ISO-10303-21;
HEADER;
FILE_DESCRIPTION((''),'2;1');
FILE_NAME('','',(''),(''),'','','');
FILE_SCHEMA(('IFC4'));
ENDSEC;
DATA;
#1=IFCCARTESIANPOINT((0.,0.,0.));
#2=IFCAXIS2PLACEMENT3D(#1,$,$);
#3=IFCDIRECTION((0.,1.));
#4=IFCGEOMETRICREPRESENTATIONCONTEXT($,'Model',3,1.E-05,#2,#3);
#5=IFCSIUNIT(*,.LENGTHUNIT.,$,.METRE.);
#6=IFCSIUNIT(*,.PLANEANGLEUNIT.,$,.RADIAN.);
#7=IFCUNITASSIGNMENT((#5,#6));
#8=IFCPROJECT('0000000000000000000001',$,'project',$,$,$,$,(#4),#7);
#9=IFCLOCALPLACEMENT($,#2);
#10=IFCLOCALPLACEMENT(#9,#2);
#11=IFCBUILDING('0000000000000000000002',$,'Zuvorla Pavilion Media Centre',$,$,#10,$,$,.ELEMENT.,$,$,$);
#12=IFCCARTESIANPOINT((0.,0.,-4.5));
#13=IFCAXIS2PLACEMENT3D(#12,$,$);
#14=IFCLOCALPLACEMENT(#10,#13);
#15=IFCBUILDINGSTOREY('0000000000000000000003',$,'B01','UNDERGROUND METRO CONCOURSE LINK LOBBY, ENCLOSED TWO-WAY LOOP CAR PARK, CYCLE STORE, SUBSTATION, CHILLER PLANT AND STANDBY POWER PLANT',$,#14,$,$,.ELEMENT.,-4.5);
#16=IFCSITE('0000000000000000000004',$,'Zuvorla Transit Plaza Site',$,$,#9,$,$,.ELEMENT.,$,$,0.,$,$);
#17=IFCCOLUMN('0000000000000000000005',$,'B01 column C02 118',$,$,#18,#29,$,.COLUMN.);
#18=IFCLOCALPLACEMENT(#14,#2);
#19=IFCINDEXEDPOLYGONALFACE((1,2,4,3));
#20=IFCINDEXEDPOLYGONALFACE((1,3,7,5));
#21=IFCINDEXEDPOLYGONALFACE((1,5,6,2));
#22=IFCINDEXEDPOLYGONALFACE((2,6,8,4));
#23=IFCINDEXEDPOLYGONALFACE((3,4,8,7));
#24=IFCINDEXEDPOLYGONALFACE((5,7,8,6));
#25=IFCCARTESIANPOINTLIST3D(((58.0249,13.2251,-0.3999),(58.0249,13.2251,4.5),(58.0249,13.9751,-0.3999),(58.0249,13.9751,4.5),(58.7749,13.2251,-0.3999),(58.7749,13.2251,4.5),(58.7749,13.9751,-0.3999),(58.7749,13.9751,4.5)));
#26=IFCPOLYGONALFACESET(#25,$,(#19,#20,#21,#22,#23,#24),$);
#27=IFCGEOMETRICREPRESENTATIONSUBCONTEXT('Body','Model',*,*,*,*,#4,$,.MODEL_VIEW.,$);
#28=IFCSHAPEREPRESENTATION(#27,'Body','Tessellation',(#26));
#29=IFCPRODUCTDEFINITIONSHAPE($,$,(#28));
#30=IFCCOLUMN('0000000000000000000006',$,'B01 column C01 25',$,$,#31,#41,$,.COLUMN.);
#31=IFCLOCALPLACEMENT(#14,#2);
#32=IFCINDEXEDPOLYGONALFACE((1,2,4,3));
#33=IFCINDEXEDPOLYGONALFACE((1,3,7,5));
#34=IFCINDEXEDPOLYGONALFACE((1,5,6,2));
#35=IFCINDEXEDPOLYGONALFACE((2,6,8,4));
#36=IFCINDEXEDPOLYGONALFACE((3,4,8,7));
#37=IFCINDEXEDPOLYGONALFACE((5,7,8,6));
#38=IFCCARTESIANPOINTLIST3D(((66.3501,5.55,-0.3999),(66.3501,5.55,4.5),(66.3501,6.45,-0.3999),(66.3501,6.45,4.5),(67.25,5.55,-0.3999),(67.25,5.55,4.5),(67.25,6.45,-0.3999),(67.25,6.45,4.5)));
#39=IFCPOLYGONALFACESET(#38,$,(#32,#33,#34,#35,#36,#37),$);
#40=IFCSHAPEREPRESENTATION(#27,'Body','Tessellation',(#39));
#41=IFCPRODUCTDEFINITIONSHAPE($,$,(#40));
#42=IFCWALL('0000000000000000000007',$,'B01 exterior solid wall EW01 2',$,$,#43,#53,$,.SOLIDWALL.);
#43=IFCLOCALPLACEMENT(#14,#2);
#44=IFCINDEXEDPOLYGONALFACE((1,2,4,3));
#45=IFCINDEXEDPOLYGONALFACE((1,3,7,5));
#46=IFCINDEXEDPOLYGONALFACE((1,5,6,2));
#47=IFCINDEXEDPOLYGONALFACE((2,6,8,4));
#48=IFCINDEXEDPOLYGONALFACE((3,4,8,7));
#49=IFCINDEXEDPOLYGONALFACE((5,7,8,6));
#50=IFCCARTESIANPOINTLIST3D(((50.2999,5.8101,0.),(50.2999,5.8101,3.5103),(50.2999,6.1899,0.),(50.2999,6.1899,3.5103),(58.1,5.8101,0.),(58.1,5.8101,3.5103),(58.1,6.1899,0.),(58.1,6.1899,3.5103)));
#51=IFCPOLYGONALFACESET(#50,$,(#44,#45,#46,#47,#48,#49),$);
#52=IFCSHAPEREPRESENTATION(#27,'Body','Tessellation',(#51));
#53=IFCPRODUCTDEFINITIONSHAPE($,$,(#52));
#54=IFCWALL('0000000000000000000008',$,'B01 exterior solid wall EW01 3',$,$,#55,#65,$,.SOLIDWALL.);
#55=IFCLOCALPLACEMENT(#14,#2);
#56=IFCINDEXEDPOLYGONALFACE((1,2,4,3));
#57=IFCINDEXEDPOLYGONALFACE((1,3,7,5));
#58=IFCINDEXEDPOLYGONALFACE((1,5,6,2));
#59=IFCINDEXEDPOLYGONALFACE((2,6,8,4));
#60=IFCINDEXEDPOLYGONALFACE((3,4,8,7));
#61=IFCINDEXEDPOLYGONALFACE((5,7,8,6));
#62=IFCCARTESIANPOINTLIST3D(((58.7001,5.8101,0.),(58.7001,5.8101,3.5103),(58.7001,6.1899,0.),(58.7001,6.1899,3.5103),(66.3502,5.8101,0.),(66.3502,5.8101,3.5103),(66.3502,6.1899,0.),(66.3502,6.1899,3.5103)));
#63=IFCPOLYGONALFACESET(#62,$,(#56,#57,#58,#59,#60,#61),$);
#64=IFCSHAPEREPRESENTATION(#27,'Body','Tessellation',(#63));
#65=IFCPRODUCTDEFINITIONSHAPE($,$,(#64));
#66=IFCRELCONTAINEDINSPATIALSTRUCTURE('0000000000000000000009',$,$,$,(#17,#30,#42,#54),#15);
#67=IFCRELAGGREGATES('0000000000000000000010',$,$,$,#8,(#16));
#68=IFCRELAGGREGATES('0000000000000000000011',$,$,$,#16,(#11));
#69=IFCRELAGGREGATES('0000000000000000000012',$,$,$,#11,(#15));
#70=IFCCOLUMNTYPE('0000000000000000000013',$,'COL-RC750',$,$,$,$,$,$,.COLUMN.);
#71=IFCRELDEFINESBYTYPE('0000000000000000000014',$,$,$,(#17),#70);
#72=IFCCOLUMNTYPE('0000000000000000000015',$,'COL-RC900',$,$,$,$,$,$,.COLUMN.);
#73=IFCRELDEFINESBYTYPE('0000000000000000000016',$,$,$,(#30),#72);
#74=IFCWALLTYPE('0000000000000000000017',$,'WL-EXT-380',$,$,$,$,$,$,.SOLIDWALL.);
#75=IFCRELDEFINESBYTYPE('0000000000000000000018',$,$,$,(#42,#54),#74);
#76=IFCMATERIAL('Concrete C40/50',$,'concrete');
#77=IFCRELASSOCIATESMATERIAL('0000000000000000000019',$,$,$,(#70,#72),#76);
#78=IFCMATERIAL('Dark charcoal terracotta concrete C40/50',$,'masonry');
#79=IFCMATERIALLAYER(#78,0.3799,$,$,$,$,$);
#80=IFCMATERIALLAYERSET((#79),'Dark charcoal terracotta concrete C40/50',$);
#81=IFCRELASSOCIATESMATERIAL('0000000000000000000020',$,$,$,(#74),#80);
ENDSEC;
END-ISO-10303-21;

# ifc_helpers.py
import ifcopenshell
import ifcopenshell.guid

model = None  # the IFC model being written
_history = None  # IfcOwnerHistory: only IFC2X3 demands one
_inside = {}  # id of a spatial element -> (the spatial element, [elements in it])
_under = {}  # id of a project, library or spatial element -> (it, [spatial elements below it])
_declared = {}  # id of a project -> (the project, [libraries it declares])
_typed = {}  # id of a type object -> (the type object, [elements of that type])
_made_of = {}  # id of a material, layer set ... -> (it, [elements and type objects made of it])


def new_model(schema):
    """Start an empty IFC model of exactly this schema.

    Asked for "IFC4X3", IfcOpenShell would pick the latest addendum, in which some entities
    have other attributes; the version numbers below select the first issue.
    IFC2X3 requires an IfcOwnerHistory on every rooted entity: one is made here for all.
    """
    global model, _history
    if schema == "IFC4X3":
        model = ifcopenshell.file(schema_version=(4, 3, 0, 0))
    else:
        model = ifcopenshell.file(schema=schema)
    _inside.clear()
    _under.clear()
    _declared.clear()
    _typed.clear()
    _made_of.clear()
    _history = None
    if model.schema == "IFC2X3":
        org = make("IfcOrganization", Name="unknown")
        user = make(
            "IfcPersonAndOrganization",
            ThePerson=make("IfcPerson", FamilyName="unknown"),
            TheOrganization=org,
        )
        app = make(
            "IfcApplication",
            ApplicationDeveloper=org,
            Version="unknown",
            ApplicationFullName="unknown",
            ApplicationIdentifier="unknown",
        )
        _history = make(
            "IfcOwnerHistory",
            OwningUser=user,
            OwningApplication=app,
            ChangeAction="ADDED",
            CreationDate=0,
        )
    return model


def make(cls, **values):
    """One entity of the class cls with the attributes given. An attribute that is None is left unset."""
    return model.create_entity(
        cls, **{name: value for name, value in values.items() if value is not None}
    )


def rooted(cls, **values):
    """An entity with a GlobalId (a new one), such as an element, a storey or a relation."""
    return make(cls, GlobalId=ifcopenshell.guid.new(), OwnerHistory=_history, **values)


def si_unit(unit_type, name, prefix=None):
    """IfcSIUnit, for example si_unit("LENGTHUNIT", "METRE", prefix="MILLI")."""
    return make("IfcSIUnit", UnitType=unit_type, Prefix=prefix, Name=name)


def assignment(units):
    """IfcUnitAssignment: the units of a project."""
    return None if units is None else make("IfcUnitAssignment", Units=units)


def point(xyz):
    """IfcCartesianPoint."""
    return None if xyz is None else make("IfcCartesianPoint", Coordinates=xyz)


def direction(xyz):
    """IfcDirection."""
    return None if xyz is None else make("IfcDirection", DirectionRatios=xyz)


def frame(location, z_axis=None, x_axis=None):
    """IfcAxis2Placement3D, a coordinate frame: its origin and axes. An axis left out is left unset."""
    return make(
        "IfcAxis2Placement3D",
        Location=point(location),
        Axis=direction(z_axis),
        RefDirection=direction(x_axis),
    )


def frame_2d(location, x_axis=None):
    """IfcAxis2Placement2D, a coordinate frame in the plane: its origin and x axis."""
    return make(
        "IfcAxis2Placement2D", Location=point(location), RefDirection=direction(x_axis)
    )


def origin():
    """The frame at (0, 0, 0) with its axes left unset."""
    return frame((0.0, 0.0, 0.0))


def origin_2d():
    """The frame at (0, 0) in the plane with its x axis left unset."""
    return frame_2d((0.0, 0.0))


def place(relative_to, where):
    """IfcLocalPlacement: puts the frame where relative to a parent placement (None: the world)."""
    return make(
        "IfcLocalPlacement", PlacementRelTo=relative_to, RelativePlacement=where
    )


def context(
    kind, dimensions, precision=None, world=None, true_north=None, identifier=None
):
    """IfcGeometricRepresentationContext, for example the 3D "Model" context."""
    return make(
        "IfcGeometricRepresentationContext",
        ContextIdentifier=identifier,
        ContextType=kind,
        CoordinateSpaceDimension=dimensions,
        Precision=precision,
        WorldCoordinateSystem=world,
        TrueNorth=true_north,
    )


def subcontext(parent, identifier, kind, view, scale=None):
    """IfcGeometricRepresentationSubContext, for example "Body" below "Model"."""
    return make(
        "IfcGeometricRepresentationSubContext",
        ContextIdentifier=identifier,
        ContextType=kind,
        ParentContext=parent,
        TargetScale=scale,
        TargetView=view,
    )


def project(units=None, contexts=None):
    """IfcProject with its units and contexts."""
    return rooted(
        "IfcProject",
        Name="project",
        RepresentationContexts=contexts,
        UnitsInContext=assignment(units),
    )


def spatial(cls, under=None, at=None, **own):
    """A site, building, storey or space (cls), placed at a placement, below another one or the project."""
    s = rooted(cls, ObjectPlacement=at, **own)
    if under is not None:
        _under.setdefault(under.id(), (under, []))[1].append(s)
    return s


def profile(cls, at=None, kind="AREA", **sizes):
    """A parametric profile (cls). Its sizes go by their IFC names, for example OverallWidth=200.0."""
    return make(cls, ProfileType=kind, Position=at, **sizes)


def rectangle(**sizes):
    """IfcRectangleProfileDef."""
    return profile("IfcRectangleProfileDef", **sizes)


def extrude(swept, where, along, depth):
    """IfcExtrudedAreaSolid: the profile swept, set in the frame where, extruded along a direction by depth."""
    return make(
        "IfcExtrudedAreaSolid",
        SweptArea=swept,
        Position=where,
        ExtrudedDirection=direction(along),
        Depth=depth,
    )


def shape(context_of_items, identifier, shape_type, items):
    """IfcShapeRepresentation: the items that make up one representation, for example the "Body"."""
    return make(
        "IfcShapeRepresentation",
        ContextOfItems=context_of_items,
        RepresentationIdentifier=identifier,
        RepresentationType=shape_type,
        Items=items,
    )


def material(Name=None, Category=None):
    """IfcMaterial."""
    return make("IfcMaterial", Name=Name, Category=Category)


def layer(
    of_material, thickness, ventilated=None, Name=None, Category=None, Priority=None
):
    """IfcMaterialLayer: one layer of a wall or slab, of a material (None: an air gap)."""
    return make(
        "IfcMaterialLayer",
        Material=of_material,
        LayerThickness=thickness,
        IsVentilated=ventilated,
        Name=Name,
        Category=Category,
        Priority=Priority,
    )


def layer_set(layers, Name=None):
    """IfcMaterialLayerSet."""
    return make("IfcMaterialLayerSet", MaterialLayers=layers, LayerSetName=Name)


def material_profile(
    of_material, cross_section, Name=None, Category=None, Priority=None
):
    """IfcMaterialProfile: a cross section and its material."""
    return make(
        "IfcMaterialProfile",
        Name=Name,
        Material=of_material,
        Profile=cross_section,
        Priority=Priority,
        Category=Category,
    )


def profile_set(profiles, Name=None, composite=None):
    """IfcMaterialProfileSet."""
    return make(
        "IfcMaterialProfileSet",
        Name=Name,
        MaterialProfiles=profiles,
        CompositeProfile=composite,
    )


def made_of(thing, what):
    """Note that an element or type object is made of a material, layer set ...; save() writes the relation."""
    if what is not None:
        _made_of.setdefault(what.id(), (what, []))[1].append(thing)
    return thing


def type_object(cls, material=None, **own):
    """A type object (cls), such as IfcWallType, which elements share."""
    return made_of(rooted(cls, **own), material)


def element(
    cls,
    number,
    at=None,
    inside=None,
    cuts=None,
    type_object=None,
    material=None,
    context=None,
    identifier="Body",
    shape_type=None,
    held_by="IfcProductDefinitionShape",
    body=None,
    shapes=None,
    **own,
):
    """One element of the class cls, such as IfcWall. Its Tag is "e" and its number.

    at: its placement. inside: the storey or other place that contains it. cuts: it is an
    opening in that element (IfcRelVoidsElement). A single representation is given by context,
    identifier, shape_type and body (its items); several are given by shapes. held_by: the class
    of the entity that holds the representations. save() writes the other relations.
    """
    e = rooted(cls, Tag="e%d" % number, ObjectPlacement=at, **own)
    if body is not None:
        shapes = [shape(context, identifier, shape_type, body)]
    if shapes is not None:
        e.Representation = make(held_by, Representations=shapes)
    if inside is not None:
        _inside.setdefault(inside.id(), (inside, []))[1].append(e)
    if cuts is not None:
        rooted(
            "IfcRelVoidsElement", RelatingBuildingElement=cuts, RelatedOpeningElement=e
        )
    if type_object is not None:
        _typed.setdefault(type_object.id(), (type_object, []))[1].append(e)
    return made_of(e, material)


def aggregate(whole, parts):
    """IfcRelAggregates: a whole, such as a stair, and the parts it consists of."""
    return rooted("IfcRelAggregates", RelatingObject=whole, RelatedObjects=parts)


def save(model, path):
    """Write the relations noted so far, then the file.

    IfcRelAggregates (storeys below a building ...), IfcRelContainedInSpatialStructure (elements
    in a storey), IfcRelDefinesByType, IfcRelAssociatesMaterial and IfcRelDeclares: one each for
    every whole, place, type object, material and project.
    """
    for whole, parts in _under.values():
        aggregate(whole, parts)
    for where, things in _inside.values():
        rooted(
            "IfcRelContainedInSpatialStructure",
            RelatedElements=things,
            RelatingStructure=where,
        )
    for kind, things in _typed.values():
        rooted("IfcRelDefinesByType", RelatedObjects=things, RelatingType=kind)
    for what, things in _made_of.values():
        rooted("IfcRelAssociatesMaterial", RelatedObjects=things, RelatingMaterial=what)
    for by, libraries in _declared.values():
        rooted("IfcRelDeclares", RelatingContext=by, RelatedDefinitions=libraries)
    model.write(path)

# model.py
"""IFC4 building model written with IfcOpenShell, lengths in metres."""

from ifc_helpers import new_model, si_unit, direction, frame, frame_2d, origin, origin_2d, place, context, subcontext, project, spatial, rectangle, extrude, material, layer, layer_set, material_profile, profile_set, type_object, element, save


model = new_model("IFC4")

# Units and contexts
model_context = context("Model", 3, precision=1e-05, world=origin(), true_north=direction((0.0, 1.0)))
body_context = subcontext(model_context, "Body", "Model", "MODEL_VIEW")
ifc_project = project(units=[si_unit("LENGTHUNIT", "METRE"), si_unit("PLANEANGLEUNIT", "RADIAN")], contexts=[model_context])

# Site, building, storey
site_placement = place(None, origin())
site = spatial("IfcSite", under=ifc_project, at=site_placement, Name="Zuvorla Transit Plaza Site", CompositionType="ELEMENT", RefElevation=0.0)
building_placement = place(site_placement, origin())
building = spatial("IfcBuilding", under=site, at=building_placement, Name="Zuvorla Pavilion Media Centre", CompositionType="ELEMENT")
storey_placement = place(building_placement, frame((0.0, 0.0, -4.5)))
storey = spatial("IfcBuildingStorey", under=building, at=storey_placement, Name="B01", Description="UNDERGROUND METRO CONCOURSE LINK LOBBY, ENCLOSED TWO-WAY LOOP CAR PARK, CYCLE STORE, SUBSTATION, CHILLER PLANT AND STANDBY POWER PLANT", CompositionType="ELEMENT", Elevation=-4.5)

# Shared definitions
ifc_material_1 = material(Name="Concrete C40/50", Category="concrete")

# Columns
ifc_material_profile_1 = material_profile(ifc_material_1, rectangle(XDim=0.75, YDim=0.75, at=origin_2d()), Name="RC 750x750")
ifc_profile_set_1 = profile_set([ifc_material_profile_1], Name="Concrete C40/50")
column_type_1 = type_object("IfcColumnType", Name="COL-RC750", PredefinedType="COLUMN", material=ifc_profile_set_1)
column_1_placement = place(storey_placement, frame((58.3999, 13.6001, -0.3999), z_axis=(0.0, 0.0, 1.0), x_axis=(1.0, 0.0, 0.0)))
element("IfcColumn", 1, at=column_1_placement, inside=storey, type_object=column_type_1, Name="B01 column C02 118", PredefinedType="COLUMN", context=body_context, shape_type="SweptSolid", body=[
    extrude(rectangle(XDim=0.75, YDim=0.75, at=origin_2d()), origin(), (0.0, 0.0, 1.0), 4.8999),
])
ifc_material_profile_2 = material_profile(ifc_material_1, rectangle(XDim=0.8999, YDim=0.8999, at=origin_2d()), Name="RC 900x900")
ifc_profile_set_2 = profile_set([ifc_material_profile_2], Name="Concrete C40/50")
column_type_2 = type_object("IfcColumnType", Name="COL-RC900", PredefinedType="COLUMN", material=ifc_profile_set_2)
column_2_placement = place(storey_placement, frame((66.8, 6.0, -0.3999), z_axis=(0.0, 0.0, 1.0), x_axis=(1.0, 0.0, 0.0)))
element("IfcColumn", 2, at=column_2_placement, inside=storey, type_object=column_type_2, Name="B01 column C01 25", PredefinedType="COLUMN", context=body_context, shape_type="SweptSolid", body=[
    extrude(rectangle(XDim=0.8999, YDim=0.8999, at=origin_2d()), origin(), (0.0, 0.0, 1.0), 4.8999),
])

# Walls
ifc_material_2 = material(Name="Dark charcoal terracotta concrete C40/50", Category="masonry")
ifc_layer = layer(ifc_material_2, 0.3799)
ifc_layer_set = layer_set([ifc_layer], Name="Dark charcoal terracotta concrete C40/50")
wall_type = type_object("IfcWallType", Name="WL-EXT-380", PredefinedType="SOLIDWALL", material=ifc_layer_set)
wall_1_placement = place(storey_placement, frame((50.3, 6.0, 0.0), z_axis=(0.0, 0.0, 1.0), x_axis=(1.0, 0.0, 0.0)))
element("IfcWall", 3, at=wall_1_placement, inside=storey, type_object=wall_type, Name="B01 exterior solid wall EW01 2", PredefinedType="SOLIDWALL", context=body_context, shape_type="SweptSolid", body=[
    extrude(rectangle(XDim=7.8, YDim=0.3799, at=frame_2d((3.8999, 0.0))), origin(), (0.0, 0.0, 1.0), 3.5103),
])
wall_2_placement = place(storey_placement, frame((58.7, 6.0, 0.0), z_axis=(0.0, 0.0, 1.0), x_axis=(1.0, 0.0, 0.0)))
element("IfcWall", 4, at=wall_2_placement, inside=storey, type_object=wall_type, Name="B01 exterior solid wall EW01 3", PredefinedType="SOLIDWALL", context=body_context, shape_type="SweptSolid", body=[
    extrude(rectangle(XDim=7.6501, YDim=0.3799, at=frame_2d((3.8252, 0.0))), origin(), (0.0, 0.0, 1.0), 3.5103),
])

save(model, "model.ifc")
